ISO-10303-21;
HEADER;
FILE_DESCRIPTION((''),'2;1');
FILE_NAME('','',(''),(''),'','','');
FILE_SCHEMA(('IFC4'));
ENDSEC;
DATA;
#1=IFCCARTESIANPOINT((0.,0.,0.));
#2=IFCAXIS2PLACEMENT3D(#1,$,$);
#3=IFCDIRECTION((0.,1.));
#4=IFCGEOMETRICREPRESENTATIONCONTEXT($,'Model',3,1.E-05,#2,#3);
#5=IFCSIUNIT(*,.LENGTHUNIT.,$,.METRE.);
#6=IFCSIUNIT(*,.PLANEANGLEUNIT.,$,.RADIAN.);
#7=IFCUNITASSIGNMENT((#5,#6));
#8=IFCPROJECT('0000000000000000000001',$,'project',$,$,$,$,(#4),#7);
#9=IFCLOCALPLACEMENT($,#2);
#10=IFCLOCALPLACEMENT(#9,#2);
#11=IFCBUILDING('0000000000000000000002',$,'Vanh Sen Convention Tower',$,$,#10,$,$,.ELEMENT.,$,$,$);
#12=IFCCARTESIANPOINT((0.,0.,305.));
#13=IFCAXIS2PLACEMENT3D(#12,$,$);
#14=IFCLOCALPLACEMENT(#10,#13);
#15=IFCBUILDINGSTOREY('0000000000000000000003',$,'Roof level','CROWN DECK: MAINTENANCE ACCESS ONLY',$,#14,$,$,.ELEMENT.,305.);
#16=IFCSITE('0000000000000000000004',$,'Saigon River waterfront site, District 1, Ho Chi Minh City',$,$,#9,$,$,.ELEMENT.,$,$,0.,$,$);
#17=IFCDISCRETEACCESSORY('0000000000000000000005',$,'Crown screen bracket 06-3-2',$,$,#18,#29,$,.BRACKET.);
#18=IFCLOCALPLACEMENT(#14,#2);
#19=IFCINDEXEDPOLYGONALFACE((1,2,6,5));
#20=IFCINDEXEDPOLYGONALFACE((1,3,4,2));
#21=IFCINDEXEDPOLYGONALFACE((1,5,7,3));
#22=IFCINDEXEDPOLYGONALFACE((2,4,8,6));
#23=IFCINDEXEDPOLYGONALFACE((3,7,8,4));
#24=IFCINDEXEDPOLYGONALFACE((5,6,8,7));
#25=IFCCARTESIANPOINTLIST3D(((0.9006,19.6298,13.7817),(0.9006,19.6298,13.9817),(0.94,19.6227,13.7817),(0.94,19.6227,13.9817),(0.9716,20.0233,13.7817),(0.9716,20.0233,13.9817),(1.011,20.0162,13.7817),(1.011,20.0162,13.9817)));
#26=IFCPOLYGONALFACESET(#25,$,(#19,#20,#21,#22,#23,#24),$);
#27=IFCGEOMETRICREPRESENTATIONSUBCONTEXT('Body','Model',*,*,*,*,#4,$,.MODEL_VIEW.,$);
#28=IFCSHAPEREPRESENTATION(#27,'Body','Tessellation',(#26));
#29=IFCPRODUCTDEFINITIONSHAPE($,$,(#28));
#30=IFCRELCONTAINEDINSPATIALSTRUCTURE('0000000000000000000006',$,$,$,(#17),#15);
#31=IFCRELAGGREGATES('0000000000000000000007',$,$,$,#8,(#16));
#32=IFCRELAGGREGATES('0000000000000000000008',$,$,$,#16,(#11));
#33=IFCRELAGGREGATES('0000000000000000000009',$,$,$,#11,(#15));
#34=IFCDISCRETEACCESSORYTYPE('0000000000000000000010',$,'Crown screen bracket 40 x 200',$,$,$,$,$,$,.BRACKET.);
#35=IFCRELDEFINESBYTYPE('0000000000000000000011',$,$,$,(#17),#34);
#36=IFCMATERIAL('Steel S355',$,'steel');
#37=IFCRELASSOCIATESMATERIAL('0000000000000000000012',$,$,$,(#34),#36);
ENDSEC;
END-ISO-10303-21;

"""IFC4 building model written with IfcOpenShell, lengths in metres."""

from ifc_helpers import new_model, si_unit, direction, frame, origin, origin_2d, place, context, subcontext, project, spatial, rectangle, extrude, material, type_object, element, save


model = new_model("IFC4")

# Units and contexts
model_context = context("Model", 3, precision=1e-05, world=origin(), true_north=direction((0.0, 1.0)))
body_context = subcontext(model_context, "Body", "Model", "MODEL_VIEW")
ifc_project = project(units=[si_unit("LENGTHUNIT", "METRE"), si_unit("PLANEANGLEUNIT", "RADIAN")], contexts=[model_context])

# Site, building, storey
site_placement = place(None, origin())
site = spatial("IfcSite", under=ifc_project, at=site_placement, Name="Saigon River waterfront site, District 1, Ho Chi Minh City", CompositionType="ELEMENT", RefElevation=0.0)
building_placement = place(site_placement, origin())
building = spatial("IfcBuilding", under=site, at=building_placement, Name="Vanh Sen Convention Tower", CompositionType="ELEMENT")
storey_placement = place(building_placement, frame((0.0, 0.0, 305.0)))
storey = spatial("IfcBuildingStorey", under=building, at=storey_placement, Name="Roof level", Description="CROWN DECK: MAINTENANCE ACCESS ONLY", CompositionType="ELEMENT", Elevation=305.0)

# Discrete accessory
ifc_material_1 = material(Name="Steel S355", Category="steel")
discrete_accessory_type_1 = type_object("IfcDiscreteAccessoryType", Name="Crown screen bracket 40 x 200", PredefinedType="BRACKET", material=ifc_material_1)
discrete_accessory_1_placement = place(storey_placement, frame((0.9558, 19.823, 13.7817), z_axis=(0.0, 0.0, 1.0), x_axis=(0.177495, 0.984122, 0.0)))
element("IfcDiscreteAccessory", 1, at=discrete_accessory_1_placement, inside=storey, type_object=discrete_accessory_type_1, Name="Crown screen bracket 06-3-2", PredefinedType="BRACKET", context=body_context, shape_type="SweptSolid", body=[
    extrude(rectangle(XDim=0.3999, YDim=0.04, at=origin_2d()), origin(), (0.0, 0.0, 1.0), 0.2),
])

save(model, "model.ifc")
